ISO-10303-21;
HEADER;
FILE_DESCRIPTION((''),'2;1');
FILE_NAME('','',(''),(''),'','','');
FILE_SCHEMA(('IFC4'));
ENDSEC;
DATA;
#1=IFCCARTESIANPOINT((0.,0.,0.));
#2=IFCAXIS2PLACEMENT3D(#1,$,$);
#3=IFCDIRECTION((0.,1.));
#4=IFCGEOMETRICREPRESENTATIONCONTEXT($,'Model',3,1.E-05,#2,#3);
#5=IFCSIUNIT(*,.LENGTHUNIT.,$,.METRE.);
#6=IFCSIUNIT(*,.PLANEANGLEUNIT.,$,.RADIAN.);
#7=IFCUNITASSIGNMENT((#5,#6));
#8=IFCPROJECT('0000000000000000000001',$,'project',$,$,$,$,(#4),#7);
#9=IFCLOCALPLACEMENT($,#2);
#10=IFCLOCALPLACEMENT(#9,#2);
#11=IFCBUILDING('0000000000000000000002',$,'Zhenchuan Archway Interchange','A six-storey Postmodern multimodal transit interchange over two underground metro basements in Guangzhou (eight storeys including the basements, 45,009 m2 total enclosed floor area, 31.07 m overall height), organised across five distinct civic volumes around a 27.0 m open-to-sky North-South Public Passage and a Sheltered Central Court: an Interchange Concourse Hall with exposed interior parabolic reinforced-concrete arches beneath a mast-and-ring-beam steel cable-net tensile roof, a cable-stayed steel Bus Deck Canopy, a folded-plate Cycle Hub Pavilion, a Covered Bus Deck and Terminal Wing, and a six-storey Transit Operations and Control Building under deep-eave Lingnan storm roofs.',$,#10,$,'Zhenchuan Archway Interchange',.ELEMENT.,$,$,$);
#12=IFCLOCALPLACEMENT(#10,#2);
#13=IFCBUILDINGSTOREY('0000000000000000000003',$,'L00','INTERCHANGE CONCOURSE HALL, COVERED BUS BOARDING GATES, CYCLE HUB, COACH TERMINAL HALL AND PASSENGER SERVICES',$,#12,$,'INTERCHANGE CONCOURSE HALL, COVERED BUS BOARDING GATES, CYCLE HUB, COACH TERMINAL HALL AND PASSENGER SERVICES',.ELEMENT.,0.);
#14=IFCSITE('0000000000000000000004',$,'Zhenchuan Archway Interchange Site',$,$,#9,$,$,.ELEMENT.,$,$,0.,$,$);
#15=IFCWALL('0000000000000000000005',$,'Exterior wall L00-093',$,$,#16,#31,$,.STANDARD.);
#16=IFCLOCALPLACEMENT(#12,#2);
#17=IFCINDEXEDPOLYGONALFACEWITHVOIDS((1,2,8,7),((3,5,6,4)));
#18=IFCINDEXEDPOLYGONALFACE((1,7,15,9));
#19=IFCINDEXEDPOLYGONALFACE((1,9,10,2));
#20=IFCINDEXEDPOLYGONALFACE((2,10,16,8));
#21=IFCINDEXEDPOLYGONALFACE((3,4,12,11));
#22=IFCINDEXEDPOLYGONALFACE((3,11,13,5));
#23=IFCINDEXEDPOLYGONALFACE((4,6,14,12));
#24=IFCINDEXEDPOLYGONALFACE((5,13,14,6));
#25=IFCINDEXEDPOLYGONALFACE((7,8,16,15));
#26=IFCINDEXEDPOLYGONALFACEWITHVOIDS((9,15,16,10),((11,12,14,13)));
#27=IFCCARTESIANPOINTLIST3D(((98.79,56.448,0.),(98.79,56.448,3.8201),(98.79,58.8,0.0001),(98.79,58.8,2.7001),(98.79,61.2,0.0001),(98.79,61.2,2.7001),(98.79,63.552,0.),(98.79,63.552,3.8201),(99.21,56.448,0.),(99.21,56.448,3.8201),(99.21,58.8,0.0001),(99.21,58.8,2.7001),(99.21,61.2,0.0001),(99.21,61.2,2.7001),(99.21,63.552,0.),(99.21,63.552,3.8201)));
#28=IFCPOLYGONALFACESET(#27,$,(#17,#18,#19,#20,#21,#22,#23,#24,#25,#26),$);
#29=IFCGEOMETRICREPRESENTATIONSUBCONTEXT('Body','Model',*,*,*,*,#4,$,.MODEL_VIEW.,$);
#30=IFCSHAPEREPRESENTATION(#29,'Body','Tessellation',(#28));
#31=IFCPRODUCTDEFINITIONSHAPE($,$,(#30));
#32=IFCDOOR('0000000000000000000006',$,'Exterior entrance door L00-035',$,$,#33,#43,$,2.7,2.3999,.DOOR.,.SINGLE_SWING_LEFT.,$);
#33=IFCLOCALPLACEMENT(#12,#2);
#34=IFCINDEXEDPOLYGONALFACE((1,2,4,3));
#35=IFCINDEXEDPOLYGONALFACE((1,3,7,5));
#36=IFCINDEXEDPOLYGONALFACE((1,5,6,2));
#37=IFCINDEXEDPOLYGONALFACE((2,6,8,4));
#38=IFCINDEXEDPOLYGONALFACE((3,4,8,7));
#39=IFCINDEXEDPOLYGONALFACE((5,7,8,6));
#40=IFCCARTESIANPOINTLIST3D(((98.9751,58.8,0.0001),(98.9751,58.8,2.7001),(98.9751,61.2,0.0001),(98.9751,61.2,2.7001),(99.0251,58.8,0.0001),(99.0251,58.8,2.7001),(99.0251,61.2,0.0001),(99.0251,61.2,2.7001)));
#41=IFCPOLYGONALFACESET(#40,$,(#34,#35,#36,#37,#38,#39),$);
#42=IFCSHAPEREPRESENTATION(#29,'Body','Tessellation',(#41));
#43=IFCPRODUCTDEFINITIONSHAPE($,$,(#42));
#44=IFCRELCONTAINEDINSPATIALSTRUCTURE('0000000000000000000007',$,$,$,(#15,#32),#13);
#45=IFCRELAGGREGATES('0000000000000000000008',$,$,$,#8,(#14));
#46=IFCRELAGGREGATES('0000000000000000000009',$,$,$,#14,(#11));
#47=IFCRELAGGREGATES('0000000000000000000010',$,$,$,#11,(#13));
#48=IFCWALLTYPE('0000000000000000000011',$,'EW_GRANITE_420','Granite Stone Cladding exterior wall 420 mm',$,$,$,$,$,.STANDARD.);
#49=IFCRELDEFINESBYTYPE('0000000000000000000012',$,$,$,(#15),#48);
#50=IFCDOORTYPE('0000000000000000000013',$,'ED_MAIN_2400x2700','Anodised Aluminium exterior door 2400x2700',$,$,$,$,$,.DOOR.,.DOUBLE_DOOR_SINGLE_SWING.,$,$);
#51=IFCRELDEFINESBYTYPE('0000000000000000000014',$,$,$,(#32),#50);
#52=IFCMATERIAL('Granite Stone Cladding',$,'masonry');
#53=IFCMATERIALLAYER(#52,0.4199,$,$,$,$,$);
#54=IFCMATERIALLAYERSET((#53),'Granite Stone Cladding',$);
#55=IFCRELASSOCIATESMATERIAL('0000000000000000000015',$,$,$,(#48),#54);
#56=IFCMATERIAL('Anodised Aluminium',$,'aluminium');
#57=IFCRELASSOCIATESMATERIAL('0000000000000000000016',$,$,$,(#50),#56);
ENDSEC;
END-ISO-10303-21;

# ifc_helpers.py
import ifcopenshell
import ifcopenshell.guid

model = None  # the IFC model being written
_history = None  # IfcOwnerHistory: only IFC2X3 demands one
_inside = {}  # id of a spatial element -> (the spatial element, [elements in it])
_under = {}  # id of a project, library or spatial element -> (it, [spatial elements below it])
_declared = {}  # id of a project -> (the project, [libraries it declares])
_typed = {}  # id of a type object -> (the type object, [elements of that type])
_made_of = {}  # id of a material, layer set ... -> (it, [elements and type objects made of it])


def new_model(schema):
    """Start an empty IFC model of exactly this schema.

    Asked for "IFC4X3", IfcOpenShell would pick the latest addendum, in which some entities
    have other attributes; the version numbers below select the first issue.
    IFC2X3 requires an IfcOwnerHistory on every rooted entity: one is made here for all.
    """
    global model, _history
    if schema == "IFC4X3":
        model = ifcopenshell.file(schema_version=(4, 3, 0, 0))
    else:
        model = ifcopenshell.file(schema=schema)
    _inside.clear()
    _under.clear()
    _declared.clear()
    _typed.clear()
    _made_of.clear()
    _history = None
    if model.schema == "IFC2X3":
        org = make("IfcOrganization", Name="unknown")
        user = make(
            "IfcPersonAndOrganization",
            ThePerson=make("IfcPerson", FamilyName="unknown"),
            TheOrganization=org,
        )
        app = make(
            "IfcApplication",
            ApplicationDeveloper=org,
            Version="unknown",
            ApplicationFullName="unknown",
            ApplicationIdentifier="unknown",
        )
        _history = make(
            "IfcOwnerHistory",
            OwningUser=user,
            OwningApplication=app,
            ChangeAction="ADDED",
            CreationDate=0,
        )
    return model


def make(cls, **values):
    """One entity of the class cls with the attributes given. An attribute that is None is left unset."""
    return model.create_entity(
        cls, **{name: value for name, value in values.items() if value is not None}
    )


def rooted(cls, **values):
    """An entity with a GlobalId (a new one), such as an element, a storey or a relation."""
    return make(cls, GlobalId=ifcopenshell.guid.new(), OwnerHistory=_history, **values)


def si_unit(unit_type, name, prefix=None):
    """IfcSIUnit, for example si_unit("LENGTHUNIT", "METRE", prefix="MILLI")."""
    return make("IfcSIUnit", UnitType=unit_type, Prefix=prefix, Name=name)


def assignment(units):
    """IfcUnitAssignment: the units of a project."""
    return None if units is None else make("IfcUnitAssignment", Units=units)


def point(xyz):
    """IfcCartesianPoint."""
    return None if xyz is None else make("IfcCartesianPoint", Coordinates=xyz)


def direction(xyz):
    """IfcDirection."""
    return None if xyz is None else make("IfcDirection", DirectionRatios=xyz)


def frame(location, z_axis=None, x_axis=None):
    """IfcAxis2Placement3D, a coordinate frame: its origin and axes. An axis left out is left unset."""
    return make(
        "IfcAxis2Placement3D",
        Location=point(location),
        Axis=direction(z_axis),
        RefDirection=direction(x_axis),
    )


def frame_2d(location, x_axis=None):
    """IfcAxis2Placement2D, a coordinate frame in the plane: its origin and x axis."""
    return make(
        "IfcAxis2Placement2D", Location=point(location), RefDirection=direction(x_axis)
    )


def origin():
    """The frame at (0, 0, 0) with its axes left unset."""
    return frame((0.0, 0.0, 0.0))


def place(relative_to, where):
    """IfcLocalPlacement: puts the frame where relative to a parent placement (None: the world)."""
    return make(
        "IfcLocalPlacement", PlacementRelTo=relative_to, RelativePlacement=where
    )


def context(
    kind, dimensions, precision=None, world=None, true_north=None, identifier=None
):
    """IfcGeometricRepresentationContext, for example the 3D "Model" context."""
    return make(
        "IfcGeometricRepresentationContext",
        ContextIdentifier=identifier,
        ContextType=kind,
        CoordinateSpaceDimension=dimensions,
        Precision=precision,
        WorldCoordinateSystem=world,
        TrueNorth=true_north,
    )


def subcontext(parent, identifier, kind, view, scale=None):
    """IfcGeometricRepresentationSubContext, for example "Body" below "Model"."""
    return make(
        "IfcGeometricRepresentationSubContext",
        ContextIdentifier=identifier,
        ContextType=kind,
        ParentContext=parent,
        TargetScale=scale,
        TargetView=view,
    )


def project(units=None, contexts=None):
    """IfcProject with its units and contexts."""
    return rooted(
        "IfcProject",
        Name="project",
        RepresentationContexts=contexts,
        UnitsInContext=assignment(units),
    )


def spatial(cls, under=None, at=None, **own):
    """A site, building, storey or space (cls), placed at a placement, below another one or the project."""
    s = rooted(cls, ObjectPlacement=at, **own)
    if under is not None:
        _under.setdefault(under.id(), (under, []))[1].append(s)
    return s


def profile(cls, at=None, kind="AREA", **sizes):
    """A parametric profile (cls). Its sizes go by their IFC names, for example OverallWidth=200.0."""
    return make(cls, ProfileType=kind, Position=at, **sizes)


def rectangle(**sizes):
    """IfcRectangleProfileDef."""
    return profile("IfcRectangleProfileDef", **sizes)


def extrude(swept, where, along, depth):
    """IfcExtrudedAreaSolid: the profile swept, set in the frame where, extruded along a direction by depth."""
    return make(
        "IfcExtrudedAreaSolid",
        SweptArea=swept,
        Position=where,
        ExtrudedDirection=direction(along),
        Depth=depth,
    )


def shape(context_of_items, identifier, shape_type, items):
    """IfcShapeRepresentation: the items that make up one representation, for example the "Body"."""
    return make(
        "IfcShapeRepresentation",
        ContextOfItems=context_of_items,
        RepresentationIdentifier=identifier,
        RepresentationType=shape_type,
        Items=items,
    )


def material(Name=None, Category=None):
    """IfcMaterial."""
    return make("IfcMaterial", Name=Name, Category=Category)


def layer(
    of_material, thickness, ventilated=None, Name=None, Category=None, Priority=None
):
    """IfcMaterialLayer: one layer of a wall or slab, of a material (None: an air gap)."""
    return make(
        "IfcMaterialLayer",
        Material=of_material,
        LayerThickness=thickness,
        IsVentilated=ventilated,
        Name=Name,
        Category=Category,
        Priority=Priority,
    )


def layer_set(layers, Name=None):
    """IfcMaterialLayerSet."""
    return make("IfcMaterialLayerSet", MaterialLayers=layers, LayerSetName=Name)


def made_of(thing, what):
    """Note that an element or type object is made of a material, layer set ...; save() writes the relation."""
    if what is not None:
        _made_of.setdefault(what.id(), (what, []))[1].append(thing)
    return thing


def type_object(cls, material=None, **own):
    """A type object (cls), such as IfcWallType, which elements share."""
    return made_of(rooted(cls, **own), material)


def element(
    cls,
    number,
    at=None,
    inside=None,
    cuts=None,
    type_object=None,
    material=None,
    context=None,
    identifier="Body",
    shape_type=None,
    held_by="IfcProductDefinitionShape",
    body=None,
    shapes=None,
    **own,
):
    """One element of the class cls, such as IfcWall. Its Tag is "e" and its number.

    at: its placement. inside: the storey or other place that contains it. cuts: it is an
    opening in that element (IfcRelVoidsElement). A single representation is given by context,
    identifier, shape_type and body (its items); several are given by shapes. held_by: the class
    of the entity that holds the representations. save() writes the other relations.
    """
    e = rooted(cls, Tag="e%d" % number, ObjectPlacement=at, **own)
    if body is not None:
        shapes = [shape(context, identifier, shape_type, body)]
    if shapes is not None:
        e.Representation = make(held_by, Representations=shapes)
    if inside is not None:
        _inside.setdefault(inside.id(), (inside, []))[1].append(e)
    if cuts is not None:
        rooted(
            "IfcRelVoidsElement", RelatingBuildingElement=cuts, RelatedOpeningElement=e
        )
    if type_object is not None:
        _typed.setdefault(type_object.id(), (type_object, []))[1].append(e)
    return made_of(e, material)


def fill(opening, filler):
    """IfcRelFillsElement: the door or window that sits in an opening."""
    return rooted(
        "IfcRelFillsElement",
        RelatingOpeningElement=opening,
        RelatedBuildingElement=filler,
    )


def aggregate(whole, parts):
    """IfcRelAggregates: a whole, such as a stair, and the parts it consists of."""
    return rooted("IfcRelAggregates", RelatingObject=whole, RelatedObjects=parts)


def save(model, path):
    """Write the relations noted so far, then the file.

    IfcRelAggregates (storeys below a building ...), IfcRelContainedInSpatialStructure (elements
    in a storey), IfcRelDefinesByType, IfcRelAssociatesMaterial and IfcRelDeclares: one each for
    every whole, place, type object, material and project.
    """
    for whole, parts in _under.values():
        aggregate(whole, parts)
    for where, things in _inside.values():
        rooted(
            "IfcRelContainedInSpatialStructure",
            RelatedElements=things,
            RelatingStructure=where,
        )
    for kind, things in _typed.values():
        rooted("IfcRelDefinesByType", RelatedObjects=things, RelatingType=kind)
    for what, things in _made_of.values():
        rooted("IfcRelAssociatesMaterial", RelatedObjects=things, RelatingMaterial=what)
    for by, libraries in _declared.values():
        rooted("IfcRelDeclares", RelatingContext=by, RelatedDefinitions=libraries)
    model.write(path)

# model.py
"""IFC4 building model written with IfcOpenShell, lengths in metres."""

from ifc_helpers import new_model, si_unit, direction, frame, frame_2d, origin, place, context, subcontext, project, spatial, rectangle, extrude, material, layer, layer_set, type_object, element, fill, save


model = new_model("IFC4")

# Units and contexts
model_context = context("Model", 3, precision=1e-05, world=origin(), true_north=direction((0.0, 1.0)))
body_context = subcontext(model_context, "Body", "Model", "MODEL_VIEW")
ifc_project = project(units=[si_unit("LENGTHUNIT", "METRE"), si_unit("PLANEANGLEUNIT", "RADIAN")], contexts=[model_context])

# Site, building, storey
site_placement = place(None, origin())
site = spatial("IfcSite", under=ifc_project, at=site_placement, Name="Zhenchuan Archway Interchange Site", CompositionType="ELEMENT", RefElevation=0.0)
building_placement = place(site_placement, origin())
building = spatial("IfcBuilding", under=site, at=building_placement, Name="Zhenchuan Archway Interchange", Description="A six-storey Postmodern multimodal transit interchange over two underground metro basements in Guangzhou (eight storeys including the basements, 45,009 m2 total enclosed floor area, 31.07 m overall height), organised across five distinct civic volumes around a 27.0 m open-to-sky North-South Public Passage and a Sheltered Central Court: an Interchange Concourse Hall with exposed interior parabolic reinforced-concrete arches beneath a mast-and-ring-beam steel cable-net tensile roof, a cable-stayed steel Bus Deck Canopy, a folded-plate Cycle Hub Pavilion, a Covered Bus Deck and Terminal Wing, and a six-storey Transit Operations and Control Building under deep-eave Lingnan storm roofs.", LongName="Zhenchuan Archway Interchange", CompositionType="ELEMENT")
storey_placement = place(building_placement, origin())
storey = spatial("IfcBuildingStorey", under=building, at=storey_placement, Name="L00", Description="INTERCHANGE CONCOURSE HALL, COVERED BUS BOARDING GATES, CYCLE HUB, COACH TERMINAL HALL AND PASSENGER SERVICES", LongName="INTERCHANGE CONCOURSE HALL, COVERED BUS BOARDING GATES, CYCLE HUB, COACH TERMINAL HALL AND PASSENGER SERVICES", CompositionType="ELEMENT", Elevation=0.0)

# Wall, opening, door
ifc_material_1 = material(Name="Granite Stone Cladding", Category="masonry")
ifc_layer = layer(ifc_material_1, 0.4199)
ifc_layer_set = layer_set([ifc_layer], Name="Granite Stone Cladding")
wall_type = type_object("IfcWallType", Name="EW_GRANITE_420", Description="Granite Stone Cladding exterior wall 420 mm", PredefinedType="STANDARD", material=ifc_layer_set)
wall_placement = place(storey_placement, frame((99.0, 56.448, 0.0), z_axis=(0.0, 0.0, 1.0), x_axis=(0.0, 1.0, 0.0)))
wall = element("IfcWall", 1, at=wall_placement, inside=storey, type_object=wall_type, Name="Exterior wall L00-093", PredefinedType="STANDARD", context=body_context, shape_type="SweptSolid", body=[
    extrude(rectangle(XDim=7.104, YDim=0.4199, at=frame_2d((3.552, 0.0))), origin(), (0.0, 0.0, 1.0), 3.8201),
])
opening_placement = place(wall_placement, frame((2.3521, 0.0, 0.0)))
opening = element("IfcOpeningElement", 2, at=opening_placement, cuts=wall, PredefinedType="OPENING", context=body_context, shape_type="SweptSolid", body=[
    extrude(rectangle(XDim=2.3999, YDim=2.7, at=frame_2d((1.2, 1.3501))), frame((0.0, 0.2219, 0.0), z_axis=(0.0, -1.0, 0.0), x_axis=(1.0, 0.0, 0.0)), (0.0, 0.0, 1.0), 0.4438),
])
ifc_material_2 = material(Name="Anodised Aluminium", Category="aluminium")
door_type = type_object("IfcDoorType", Name="ED_MAIN_2400x2700", Description="Anodised Aluminium exterior door 2400x2700", OperationType="DOUBLE_DOOR_SINGLE_SWING", PredefinedType="DOOR", material=ifc_material_2)
door_placement = place(opening_placement, origin())
door = element("IfcDoor", 3, at=door_placement, inside=storey, type_object=door_type, Name="Exterior entrance door L00-035", OperationType="SINGLE_SWING_LEFT", OverallHeight=2.7, OverallWidth=2.3999, PredefinedType="DOOR", context=body_context, shape_type="SweptSolid", body=[
    extrude(rectangle(XDim=2.3999, YDim=2.7, at=frame_2d((1.2, 1.3501))), frame((0.0, 0.0249, 0.0), z_axis=(0.0, -1.0, 0.0), x_axis=(1.0, 0.0, 0.0)), (0.0, 0.0, 1.0), 0.05),
])
fill(opening, door)

save(model, "model.ifc")
